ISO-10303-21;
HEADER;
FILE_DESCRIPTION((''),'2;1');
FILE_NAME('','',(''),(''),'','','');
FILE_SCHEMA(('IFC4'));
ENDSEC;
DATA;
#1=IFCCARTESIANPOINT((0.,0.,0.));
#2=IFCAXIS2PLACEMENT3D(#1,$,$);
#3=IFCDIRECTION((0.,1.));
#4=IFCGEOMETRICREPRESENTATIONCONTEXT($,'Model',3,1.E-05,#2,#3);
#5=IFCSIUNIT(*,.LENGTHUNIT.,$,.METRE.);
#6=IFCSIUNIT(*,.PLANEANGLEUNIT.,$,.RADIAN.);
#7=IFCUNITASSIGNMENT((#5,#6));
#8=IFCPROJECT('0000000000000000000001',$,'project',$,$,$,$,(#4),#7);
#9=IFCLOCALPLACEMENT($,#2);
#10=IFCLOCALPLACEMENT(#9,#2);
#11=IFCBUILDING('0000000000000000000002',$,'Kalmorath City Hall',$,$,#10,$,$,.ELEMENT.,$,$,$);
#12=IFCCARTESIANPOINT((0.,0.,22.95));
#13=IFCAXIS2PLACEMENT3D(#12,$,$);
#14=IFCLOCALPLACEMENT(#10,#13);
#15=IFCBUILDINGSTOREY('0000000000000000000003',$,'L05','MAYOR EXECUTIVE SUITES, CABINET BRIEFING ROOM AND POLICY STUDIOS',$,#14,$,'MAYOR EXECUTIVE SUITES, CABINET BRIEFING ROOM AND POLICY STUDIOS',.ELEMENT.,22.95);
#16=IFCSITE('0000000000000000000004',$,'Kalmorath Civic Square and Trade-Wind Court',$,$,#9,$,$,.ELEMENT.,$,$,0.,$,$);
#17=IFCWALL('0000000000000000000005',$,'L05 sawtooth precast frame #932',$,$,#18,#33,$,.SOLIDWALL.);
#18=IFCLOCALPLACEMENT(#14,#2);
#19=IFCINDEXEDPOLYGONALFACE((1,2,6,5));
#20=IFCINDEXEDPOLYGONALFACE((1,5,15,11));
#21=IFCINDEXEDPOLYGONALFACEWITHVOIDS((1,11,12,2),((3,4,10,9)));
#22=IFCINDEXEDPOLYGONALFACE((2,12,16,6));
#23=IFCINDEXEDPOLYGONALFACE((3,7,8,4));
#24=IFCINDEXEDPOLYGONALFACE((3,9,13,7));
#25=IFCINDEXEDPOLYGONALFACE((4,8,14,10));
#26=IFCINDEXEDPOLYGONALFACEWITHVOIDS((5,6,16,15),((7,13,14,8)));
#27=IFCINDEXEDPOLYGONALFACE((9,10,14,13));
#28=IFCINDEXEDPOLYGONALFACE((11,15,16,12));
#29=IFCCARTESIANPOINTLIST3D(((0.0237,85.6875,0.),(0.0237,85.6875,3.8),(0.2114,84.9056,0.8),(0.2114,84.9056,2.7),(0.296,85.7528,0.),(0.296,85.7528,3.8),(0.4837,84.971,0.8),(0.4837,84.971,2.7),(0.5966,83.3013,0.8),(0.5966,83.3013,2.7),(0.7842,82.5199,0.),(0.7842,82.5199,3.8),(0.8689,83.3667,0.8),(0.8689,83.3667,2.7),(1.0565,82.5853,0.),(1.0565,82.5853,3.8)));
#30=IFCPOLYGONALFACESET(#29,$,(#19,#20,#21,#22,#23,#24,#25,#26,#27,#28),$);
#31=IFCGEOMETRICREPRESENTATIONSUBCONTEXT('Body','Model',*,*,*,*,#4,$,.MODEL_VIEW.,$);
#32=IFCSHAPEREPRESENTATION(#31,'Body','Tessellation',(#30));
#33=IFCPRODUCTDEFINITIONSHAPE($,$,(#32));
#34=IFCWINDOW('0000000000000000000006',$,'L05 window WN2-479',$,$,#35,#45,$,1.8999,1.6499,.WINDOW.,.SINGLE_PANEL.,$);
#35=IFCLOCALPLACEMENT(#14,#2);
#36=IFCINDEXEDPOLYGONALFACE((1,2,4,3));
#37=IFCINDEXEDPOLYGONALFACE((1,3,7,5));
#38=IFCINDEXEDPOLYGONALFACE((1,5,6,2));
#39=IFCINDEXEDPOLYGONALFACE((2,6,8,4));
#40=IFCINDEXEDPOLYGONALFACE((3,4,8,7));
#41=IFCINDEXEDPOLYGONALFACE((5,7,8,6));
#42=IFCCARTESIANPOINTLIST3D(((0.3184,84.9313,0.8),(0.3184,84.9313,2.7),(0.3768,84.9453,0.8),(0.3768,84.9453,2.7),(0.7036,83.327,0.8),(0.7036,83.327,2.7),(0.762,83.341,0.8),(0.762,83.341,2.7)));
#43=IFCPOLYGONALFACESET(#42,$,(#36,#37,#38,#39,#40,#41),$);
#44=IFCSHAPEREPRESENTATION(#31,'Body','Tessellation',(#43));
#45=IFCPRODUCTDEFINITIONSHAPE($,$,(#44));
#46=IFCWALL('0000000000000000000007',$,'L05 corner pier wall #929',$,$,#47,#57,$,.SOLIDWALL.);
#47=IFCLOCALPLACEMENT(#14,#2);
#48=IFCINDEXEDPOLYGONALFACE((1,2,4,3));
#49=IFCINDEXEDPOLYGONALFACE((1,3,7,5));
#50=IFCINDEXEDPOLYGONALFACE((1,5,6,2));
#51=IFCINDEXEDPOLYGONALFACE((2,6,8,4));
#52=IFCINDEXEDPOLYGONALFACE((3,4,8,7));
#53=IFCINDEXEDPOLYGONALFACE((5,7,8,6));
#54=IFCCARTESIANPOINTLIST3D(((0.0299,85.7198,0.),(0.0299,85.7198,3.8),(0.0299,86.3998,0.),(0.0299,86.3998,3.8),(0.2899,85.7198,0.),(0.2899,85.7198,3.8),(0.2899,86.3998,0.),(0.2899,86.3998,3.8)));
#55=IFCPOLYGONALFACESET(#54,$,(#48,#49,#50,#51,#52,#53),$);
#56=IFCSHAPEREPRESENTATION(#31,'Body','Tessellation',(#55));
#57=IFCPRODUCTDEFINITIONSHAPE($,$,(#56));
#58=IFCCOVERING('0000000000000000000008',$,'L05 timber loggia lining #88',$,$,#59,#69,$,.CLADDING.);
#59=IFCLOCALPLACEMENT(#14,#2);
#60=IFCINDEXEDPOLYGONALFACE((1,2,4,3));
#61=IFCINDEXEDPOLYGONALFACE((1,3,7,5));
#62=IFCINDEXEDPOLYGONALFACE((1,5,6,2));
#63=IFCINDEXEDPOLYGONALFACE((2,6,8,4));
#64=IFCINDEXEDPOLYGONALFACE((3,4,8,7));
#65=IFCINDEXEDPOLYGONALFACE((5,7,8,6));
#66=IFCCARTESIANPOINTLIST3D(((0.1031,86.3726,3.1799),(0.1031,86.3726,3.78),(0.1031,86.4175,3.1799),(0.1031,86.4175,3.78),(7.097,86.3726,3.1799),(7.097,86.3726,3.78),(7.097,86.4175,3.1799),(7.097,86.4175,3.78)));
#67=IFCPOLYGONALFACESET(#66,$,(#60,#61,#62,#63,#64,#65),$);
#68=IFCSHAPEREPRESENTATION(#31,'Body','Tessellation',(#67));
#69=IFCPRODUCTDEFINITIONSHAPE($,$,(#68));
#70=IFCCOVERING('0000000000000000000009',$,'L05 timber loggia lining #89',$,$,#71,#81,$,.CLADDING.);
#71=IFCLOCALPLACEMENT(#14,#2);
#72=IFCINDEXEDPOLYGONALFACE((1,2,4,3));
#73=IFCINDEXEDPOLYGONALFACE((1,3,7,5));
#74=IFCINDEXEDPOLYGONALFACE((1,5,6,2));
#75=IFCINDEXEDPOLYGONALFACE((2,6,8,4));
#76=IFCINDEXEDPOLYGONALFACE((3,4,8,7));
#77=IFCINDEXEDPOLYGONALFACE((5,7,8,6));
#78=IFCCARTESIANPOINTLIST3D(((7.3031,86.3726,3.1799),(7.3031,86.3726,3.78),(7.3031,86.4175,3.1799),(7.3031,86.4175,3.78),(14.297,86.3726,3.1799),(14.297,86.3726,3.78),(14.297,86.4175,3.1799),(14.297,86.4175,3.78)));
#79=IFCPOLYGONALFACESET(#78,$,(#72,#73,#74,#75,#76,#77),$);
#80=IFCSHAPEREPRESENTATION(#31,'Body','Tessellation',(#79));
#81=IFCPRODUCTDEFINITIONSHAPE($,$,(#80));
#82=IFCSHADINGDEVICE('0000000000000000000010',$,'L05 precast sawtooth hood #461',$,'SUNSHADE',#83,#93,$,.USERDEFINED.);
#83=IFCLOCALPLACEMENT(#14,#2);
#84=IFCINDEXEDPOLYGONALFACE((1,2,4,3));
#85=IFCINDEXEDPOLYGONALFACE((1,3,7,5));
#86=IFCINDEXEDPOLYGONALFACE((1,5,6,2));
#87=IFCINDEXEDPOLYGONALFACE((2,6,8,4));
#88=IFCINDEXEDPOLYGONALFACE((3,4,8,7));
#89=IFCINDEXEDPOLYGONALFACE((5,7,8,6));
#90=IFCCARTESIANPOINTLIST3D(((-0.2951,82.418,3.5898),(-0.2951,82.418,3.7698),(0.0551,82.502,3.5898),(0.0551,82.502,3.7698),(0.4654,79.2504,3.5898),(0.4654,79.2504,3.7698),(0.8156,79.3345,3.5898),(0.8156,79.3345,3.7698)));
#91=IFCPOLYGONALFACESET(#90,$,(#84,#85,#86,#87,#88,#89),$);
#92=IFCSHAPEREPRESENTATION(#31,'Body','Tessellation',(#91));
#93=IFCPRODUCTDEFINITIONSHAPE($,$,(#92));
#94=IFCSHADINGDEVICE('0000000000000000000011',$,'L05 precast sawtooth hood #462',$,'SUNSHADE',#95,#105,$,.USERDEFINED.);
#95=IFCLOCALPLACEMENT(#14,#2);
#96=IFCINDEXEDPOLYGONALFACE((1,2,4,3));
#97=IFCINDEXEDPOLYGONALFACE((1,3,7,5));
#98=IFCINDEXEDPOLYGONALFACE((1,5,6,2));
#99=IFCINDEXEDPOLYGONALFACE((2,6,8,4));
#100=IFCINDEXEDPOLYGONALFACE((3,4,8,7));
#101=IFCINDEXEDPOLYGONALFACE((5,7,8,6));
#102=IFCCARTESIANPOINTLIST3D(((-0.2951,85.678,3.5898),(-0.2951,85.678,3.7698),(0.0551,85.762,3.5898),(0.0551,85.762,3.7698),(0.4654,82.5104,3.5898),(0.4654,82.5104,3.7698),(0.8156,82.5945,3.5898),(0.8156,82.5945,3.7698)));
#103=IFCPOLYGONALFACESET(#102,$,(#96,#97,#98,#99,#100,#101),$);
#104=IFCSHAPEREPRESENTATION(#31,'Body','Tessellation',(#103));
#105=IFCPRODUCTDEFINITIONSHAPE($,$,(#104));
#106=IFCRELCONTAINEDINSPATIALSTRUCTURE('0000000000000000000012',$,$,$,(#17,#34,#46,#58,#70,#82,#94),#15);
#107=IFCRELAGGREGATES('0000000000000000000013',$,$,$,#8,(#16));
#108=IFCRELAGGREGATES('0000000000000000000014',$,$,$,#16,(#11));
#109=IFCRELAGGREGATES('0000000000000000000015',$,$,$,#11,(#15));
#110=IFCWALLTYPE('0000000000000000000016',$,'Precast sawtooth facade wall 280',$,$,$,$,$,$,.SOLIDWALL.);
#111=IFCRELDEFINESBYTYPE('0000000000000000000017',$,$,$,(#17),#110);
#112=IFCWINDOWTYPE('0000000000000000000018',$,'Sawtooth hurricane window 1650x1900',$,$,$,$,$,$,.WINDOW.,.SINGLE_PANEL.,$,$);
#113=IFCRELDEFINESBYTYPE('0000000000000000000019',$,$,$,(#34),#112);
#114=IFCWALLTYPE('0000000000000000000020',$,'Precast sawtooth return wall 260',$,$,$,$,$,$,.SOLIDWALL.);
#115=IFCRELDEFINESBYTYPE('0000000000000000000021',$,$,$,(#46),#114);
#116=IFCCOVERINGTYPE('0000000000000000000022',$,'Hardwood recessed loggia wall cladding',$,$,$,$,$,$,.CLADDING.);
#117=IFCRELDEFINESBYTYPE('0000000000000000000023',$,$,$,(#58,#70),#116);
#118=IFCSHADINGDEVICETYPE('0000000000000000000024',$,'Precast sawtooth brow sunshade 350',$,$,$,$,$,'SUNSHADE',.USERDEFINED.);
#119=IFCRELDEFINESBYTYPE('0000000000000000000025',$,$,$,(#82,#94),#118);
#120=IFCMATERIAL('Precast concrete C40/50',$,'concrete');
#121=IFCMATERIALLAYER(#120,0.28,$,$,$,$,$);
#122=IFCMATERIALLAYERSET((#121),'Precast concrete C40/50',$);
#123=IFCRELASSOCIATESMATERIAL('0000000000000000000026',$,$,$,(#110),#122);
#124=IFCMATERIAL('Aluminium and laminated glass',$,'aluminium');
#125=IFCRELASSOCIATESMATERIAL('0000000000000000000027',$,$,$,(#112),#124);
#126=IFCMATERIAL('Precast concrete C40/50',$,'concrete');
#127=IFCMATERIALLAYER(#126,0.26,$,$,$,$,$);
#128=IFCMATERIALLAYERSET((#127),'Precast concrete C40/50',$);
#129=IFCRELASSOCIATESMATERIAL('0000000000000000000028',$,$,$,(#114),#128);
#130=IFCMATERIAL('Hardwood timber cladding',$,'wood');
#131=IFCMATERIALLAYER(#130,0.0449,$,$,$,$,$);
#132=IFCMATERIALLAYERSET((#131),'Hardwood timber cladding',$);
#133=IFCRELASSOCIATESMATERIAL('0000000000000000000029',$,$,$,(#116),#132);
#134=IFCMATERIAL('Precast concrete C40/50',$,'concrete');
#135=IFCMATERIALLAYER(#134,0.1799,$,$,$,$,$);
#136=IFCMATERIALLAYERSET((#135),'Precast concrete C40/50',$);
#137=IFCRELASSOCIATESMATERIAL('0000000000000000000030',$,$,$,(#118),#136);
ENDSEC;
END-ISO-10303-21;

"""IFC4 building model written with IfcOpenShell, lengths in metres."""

from ifc_helpers import new_model, si_unit, direction, frame, frame_2d, origin, origin_2d, place, context, subcontext, project, spatial, rectangle, extrude, material, layer, layer_set, type_object, element, fill, save


model = new_model("IFC4")

# Units and contexts
model_context = context("Model", 3, precision=1e-05, world=origin(), true_north=direction((0.0, 1.0)))
body_context = subcontext(model_context, "Body", "Model", "MODEL_VIEW")
ifc_project = project(units=[si_unit("LENGTHUNIT", "METRE"), si_unit("PLANEANGLEUNIT", "RADIAN")], contexts=[model_context])

# Site, building, storey
site_placement = place(None, origin())
site = spatial("IfcSite", under=ifc_project, at=site_placement, Name="Kalmorath Civic Square and Trade-Wind Court", CompositionType="ELEMENT", RefElevation=0.0)
building_placement = place(site_placement, origin())
building = spatial("IfcBuilding", under=site, at=building_placement, Name="Kalmorath City Hall", CompositionType="ELEMENT")
storey_placement = place(building_placement, frame((0.0, 0.0, 22.95)))
storey = spatial("IfcBuildingStorey", under=building, at=storey_placement, Name="L05", Description="MAYOR EXECUTIVE SUITES, CABINET BRIEFING ROOM AND POLICY STUDIOS", LongName="MAYOR EXECUTIVE SUITES, CABINET BRIEFING ROOM AND POLICY STUDIOS", CompositionType="ELEMENT", Elevation=22.95)

# Wall, opening, window
ifc_material_1 = material(Name="Precast concrete C40/50", Category="concrete")
ifc_layer_1 = layer(ifc_material_1, 0.28)
ifc_layer_set_1 = layer_set([ifc_layer_1], Name="Precast concrete C40/50")
wall_type_1 = type_object("IfcWallType", Name="Precast sawtooth facade wall 280", PredefinedType="SOLIDWALL", material=ifc_layer_set_1)
wall_1_placement = place(storey_placement, frame((0.9204, 82.5525, 0.0), z_axis=(0.0, 0.0, 1.0), x_axis=(-0.233461, 0.972366, 0.0)))
wall_1 = element("IfcWall", 1, at=wall_1_placement, inside=storey, type_object=wall_type_1, Name="L05 sawtooth precast frame #932", PredefinedType="SOLIDWALL", context=body_context, shape_type="SweptSolid", body=[
    extrude(rectangle(XDim=3.2576, YDim=0.28, at=frame_2d((1.6289, 0.0))), origin(), (0.0, 0.0, 1.0), 3.8),
])
opening_1_placement = place(wall_1_placement, frame((0.8037, 0.0, 0.8)))
opening_1 = element("IfcOpeningElement", 2, at=opening_1_placement, cuts=wall_1, PredefinedType="OPENING", context=body_context, shape_type="SweptSolid", body=[
    extrude(rectangle(XDim=1.6499, YDim=1.8999, at=frame_2d((0.825, 0.95))), frame((0.0, 0.1499, 0.0), z_axis=(0.0, -1.0, 0.0), x_axis=(1.0, 0.0, 0.0)), (0.0, 0.0, 1.0), 0.3),
])
ifc_material_2 = material(Name="Aluminium and laminated glass", Category="aluminium")
window_type_1 = type_object("IfcWindowType", Name="Sawtooth hurricane window 1650x1900", PartitioningType="SINGLE_PANEL", PredefinedType="WINDOW", material=ifc_material_2)
window_1_placement = place(opening_1_placement, origin())
window_1 = element("IfcWindow", 3, at=window_1_placement, inside=storey, type_object=window_type_1, Name="L05 window WN2-479", OverallHeight=1.8999, OverallWidth=1.6499, PartitioningType="SINGLE_PANEL", PredefinedType="WINDOW", context=body_context, shape_type="SweptSolid", body=[
    extrude(rectangle(XDim=1.6499, YDim=1.8999, at=frame_2d((0.825, 0.95))), frame((0.0, 0.03, 0.0), z_axis=(0.0, -1.0, 0.0), x_axis=(1.0, 0.0, 0.0)), (0.0, 0.0, 1.0), 0.0601),
])
fill(opening_1, window_1)

# Wall
ifc_material_3 = material(Name="Precast concrete C40/50", Category="concrete")
ifc_layer_2 = layer(ifc_material_3, 0.26)
ifc_layer_set_2 = layer_set([ifc_layer_2], Name="Precast concrete C40/50")
wall_type_2 = type_object("IfcWallType", Name="Precast sawtooth return wall 260", PredefinedType="SOLIDWALL", material=ifc_layer_set_2)
wall_2_placement = place(storey_placement, frame((0.1599, 85.72, 0.0), z_axis=(0.0, 0.0, 1.0), x_axis=(0.0, 1.0, 0.0)))
element("IfcWall", 4, at=wall_2_placement, inside=storey, type_object=wall_type_2, Name="L05 corner pier wall #929", PredefinedType="SOLIDWALL", context=body_context, shape_type="SweptSolid", body=[
    extrude(rectangle(XDim=0.6799, YDim=0.26, at=frame_2d((0.3398, 0.0))), origin(), (0.0, 0.0, 1.0), 3.8),
])

# Coverings
ifc_material_4 = material(Name="Hardwood timber cladding", Category="wood")
ifc_layer_3 = layer(ifc_material_4, 0.0449)
ifc_layer_set_3 = layer_set([ifc_layer_3], Name="Hardwood timber cladding")
covering_type = type_object("IfcCoveringType", Name="Hardwood recessed loggia wall cladding", PredefinedType="CLADDING", material=ifc_layer_set_3)
for number, where, z_axis, x_axis, name in (
    (5, (3.6001, 86.395, 3.1799), (0.0, 0.0, 1.0), (1.0, 0.0, 0.0), "L05 timber loggia lining #88"),
    (6, (10.8, 86.395, 3.1799), (0.0, 0.0, 1.0), (1.0, 0.0, 0.0), "L05 timber loggia lining #89"),
):
    element("IfcCovering", number, at=place(storey_placement, frame(where, z_axis=z_axis, x_axis=x_axis)), inside=storey, type_object=covering_type, Name=name, PredefinedType="CLADDING", context=body_context, shape_type="SweptSolid", body=[
        extrude(rectangle(XDim=6.9939, YDim=0.0449, at=origin_2d()), origin(), (0.0, 0.0, 1.0), 0.6001),
    ])

# Shading devices
ifc_material_5 = material(Name="Precast concrete C40/50", Category="concrete")
ifc_layer_4 = layer(ifc_material_5, 0.1799)
ifc_layer_set_4 = layer_set([ifc_layer_4], Name="Precast concrete C40/50")
shading_device_type = type_object("IfcShadingDeviceType", Name="Precast sawtooth brow sunshade 350", ElementType="SUNSHADE", PredefinedType="USERDEFINED", material=ifc_layer_set_4)
for number, where, z_axis, x_axis, name in (
    (7, (0.2603, 80.8762, 3.5898), (0.0, 0.0, 1.0), (-0.233462, 0.972366, 0.0), "L05 precast sawtooth hood #461"),
    (8, (0.2603, 84.1362, 3.5898), (0.0, 0.0, 1.0), (-0.233462, 0.972366, 0.0), "L05 precast sawtooth hood #462"),
):
    element("IfcShadingDevice", number, at=place(storey_placement, frame(where, z_axis=z_axis, x_axis=x_axis)), inside=storey, type_object=shading_device_type, Name=name, ObjectType="SUNSHADE", PredefinedType="USERDEFINED", context=body_context, shape_type="SweptSolid", body=[
        extrude(rectangle(XDim=3.2576, YDim=0.3601, at=origin_2d()), origin(), (0.0, 0.0, 1.0), 0.1799),
    ])

save(model, "model.ifc")
